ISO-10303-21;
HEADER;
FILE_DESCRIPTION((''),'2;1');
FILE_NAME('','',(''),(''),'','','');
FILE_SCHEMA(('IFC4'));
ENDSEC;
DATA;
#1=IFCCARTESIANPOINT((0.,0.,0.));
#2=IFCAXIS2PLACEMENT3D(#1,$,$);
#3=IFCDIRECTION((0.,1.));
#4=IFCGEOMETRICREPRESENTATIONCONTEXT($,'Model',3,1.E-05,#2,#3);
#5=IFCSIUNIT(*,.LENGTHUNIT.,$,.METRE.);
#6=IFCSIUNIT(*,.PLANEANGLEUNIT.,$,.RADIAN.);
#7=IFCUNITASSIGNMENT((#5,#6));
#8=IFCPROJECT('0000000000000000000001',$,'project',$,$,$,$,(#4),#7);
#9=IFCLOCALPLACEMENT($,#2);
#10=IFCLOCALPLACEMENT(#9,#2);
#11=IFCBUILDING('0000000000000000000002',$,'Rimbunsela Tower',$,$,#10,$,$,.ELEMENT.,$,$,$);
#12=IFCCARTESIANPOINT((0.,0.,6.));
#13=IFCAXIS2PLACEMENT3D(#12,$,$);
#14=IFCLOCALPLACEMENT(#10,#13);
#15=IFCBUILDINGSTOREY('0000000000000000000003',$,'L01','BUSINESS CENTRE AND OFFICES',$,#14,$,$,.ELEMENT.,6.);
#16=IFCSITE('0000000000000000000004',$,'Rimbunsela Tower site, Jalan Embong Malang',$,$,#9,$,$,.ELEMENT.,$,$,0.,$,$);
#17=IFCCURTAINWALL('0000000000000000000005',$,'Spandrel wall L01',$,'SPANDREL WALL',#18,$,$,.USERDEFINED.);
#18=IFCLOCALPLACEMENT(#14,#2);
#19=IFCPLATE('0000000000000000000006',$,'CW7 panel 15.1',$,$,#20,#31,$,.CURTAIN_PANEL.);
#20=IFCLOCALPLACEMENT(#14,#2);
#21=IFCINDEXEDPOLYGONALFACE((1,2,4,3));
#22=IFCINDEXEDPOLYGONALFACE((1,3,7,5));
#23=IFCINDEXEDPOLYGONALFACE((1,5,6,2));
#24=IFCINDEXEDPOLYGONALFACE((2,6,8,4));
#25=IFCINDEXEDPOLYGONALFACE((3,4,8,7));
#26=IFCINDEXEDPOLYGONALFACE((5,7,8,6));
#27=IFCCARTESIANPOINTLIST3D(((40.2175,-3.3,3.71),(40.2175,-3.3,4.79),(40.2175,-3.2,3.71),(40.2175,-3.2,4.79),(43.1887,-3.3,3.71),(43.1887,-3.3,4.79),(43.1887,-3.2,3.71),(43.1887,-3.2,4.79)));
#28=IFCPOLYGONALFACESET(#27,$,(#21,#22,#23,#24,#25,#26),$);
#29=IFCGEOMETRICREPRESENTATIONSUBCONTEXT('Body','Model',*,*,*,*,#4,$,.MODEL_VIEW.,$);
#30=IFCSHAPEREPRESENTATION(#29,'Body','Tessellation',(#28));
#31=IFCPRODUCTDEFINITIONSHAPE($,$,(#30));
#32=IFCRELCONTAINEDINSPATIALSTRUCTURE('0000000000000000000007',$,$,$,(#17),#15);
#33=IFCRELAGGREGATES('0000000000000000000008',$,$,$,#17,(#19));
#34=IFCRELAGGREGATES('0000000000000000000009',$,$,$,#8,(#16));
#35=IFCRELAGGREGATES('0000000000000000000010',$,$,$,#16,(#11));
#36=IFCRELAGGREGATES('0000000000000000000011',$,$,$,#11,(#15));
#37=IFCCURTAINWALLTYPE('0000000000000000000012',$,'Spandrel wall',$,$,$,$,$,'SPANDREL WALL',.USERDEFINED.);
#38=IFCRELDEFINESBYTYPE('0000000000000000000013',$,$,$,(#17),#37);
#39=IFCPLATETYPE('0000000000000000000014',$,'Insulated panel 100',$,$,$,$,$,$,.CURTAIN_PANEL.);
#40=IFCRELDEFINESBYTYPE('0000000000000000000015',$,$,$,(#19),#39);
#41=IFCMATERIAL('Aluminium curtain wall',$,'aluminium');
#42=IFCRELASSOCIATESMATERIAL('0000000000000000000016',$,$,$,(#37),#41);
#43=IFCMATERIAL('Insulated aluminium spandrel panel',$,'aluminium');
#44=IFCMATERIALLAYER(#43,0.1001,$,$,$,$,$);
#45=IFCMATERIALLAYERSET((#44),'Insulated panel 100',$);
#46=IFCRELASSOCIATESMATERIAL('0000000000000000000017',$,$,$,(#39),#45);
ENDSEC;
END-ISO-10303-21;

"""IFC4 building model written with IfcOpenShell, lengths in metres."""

from ifc_helpers import new_model, si_unit, direction, frame, origin, origin_2d, place, context, subcontext, project, spatial, rectangle, extrude, material, layer, layer_set, type_object, element, aggregate, save


model = new_model("IFC4")

# Units and contexts
model_context = context("Model", 3, precision=1e-05, world=origin(), true_north=direction((0.0, 1.0)))
body_context = subcontext(model_context, "Body", "Model", "MODEL_VIEW")
ifc_project = project(units=[si_unit("LENGTHUNIT", "METRE"), si_unit("PLANEANGLEUNIT", "RADIAN")], contexts=[model_context])

# Site, building, storey
site_placement = place(None, origin())
site = spatial("IfcSite", under=ifc_project, at=site_placement, Name="Rimbunsela Tower site, Jalan Embong Malang", CompositionType="ELEMENT", RefElevation=0.0)
building_placement = place(site_placement, origin())
building = spatial("IfcBuilding", under=site, at=building_placement, Name="Rimbunsela Tower", CompositionType="ELEMENT")
storey_placement = place(building_placement, frame((0.0, 0.0, 6.0)))
storey = spatial("IfcBuildingStorey", under=building, at=storey_placement, Name="L01", Description="BUSINESS CENTRE AND OFFICES", CompositionType="ELEMENT", Elevation=6.0)

# Curtain wall
ifc_material_1 = material(Name="Aluminium curtain wall", Category="aluminium")
curtain_wall_type_1 = type_object("IfcCurtainWallType", Name="Spandrel wall", ElementType="SPANDREL WALL", PredefinedType="USERDEFINED", material=ifc_material_1)
curtain_wall_1_placement = place(storey_placement, origin())
curtain_wall_1 = element("IfcCurtainWall", 1, at=curtain_wall_1_placement, inside=storey, type_object=curtain_wall_type_1, Name="Spandrel wall L01", ObjectType="SPANDREL WALL", PredefinedType="USERDEFINED")

# Plate
ifc_material_2 = material(Name="Insulated aluminium spandrel panel", Category="aluminium")
ifc_layer_1 = layer(ifc_material_2, 0.1001)
ifc_layer_set_1 = layer_set([ifc_layer_1], Name="Insulated panel 100")
plate_type_1 = type_object("IfcPlateType", Name="Insulated panel 100", PredefinedType="CURTAIN_PANEL", material=ifc_layer_set_1)
plate_1_placement = place(storey_placement, frame((41.7031, -3.25, 3.71), z_axis=(0.0, 0.0, 1.0), x_axis=(1.0, 0.0, 0.0)))
plate_1 = element("IfcPlate", 2, at=plate_1_placement, type_object=plate_type_1, Name="CW7 panel 15.1", PredefinedType="CURTAIN_PANEL", context=body_context, shape_type="SweptSolid", body=[
    extrude(rectangle(XDim=2.9712, YDim=0.1001, at=origin_2d()), origin(), (0.0, 0.0, 1.0), 1.0801),
])
aggregate(curtain_wall_1, [plate_1])

save(model, "model.ifc")
